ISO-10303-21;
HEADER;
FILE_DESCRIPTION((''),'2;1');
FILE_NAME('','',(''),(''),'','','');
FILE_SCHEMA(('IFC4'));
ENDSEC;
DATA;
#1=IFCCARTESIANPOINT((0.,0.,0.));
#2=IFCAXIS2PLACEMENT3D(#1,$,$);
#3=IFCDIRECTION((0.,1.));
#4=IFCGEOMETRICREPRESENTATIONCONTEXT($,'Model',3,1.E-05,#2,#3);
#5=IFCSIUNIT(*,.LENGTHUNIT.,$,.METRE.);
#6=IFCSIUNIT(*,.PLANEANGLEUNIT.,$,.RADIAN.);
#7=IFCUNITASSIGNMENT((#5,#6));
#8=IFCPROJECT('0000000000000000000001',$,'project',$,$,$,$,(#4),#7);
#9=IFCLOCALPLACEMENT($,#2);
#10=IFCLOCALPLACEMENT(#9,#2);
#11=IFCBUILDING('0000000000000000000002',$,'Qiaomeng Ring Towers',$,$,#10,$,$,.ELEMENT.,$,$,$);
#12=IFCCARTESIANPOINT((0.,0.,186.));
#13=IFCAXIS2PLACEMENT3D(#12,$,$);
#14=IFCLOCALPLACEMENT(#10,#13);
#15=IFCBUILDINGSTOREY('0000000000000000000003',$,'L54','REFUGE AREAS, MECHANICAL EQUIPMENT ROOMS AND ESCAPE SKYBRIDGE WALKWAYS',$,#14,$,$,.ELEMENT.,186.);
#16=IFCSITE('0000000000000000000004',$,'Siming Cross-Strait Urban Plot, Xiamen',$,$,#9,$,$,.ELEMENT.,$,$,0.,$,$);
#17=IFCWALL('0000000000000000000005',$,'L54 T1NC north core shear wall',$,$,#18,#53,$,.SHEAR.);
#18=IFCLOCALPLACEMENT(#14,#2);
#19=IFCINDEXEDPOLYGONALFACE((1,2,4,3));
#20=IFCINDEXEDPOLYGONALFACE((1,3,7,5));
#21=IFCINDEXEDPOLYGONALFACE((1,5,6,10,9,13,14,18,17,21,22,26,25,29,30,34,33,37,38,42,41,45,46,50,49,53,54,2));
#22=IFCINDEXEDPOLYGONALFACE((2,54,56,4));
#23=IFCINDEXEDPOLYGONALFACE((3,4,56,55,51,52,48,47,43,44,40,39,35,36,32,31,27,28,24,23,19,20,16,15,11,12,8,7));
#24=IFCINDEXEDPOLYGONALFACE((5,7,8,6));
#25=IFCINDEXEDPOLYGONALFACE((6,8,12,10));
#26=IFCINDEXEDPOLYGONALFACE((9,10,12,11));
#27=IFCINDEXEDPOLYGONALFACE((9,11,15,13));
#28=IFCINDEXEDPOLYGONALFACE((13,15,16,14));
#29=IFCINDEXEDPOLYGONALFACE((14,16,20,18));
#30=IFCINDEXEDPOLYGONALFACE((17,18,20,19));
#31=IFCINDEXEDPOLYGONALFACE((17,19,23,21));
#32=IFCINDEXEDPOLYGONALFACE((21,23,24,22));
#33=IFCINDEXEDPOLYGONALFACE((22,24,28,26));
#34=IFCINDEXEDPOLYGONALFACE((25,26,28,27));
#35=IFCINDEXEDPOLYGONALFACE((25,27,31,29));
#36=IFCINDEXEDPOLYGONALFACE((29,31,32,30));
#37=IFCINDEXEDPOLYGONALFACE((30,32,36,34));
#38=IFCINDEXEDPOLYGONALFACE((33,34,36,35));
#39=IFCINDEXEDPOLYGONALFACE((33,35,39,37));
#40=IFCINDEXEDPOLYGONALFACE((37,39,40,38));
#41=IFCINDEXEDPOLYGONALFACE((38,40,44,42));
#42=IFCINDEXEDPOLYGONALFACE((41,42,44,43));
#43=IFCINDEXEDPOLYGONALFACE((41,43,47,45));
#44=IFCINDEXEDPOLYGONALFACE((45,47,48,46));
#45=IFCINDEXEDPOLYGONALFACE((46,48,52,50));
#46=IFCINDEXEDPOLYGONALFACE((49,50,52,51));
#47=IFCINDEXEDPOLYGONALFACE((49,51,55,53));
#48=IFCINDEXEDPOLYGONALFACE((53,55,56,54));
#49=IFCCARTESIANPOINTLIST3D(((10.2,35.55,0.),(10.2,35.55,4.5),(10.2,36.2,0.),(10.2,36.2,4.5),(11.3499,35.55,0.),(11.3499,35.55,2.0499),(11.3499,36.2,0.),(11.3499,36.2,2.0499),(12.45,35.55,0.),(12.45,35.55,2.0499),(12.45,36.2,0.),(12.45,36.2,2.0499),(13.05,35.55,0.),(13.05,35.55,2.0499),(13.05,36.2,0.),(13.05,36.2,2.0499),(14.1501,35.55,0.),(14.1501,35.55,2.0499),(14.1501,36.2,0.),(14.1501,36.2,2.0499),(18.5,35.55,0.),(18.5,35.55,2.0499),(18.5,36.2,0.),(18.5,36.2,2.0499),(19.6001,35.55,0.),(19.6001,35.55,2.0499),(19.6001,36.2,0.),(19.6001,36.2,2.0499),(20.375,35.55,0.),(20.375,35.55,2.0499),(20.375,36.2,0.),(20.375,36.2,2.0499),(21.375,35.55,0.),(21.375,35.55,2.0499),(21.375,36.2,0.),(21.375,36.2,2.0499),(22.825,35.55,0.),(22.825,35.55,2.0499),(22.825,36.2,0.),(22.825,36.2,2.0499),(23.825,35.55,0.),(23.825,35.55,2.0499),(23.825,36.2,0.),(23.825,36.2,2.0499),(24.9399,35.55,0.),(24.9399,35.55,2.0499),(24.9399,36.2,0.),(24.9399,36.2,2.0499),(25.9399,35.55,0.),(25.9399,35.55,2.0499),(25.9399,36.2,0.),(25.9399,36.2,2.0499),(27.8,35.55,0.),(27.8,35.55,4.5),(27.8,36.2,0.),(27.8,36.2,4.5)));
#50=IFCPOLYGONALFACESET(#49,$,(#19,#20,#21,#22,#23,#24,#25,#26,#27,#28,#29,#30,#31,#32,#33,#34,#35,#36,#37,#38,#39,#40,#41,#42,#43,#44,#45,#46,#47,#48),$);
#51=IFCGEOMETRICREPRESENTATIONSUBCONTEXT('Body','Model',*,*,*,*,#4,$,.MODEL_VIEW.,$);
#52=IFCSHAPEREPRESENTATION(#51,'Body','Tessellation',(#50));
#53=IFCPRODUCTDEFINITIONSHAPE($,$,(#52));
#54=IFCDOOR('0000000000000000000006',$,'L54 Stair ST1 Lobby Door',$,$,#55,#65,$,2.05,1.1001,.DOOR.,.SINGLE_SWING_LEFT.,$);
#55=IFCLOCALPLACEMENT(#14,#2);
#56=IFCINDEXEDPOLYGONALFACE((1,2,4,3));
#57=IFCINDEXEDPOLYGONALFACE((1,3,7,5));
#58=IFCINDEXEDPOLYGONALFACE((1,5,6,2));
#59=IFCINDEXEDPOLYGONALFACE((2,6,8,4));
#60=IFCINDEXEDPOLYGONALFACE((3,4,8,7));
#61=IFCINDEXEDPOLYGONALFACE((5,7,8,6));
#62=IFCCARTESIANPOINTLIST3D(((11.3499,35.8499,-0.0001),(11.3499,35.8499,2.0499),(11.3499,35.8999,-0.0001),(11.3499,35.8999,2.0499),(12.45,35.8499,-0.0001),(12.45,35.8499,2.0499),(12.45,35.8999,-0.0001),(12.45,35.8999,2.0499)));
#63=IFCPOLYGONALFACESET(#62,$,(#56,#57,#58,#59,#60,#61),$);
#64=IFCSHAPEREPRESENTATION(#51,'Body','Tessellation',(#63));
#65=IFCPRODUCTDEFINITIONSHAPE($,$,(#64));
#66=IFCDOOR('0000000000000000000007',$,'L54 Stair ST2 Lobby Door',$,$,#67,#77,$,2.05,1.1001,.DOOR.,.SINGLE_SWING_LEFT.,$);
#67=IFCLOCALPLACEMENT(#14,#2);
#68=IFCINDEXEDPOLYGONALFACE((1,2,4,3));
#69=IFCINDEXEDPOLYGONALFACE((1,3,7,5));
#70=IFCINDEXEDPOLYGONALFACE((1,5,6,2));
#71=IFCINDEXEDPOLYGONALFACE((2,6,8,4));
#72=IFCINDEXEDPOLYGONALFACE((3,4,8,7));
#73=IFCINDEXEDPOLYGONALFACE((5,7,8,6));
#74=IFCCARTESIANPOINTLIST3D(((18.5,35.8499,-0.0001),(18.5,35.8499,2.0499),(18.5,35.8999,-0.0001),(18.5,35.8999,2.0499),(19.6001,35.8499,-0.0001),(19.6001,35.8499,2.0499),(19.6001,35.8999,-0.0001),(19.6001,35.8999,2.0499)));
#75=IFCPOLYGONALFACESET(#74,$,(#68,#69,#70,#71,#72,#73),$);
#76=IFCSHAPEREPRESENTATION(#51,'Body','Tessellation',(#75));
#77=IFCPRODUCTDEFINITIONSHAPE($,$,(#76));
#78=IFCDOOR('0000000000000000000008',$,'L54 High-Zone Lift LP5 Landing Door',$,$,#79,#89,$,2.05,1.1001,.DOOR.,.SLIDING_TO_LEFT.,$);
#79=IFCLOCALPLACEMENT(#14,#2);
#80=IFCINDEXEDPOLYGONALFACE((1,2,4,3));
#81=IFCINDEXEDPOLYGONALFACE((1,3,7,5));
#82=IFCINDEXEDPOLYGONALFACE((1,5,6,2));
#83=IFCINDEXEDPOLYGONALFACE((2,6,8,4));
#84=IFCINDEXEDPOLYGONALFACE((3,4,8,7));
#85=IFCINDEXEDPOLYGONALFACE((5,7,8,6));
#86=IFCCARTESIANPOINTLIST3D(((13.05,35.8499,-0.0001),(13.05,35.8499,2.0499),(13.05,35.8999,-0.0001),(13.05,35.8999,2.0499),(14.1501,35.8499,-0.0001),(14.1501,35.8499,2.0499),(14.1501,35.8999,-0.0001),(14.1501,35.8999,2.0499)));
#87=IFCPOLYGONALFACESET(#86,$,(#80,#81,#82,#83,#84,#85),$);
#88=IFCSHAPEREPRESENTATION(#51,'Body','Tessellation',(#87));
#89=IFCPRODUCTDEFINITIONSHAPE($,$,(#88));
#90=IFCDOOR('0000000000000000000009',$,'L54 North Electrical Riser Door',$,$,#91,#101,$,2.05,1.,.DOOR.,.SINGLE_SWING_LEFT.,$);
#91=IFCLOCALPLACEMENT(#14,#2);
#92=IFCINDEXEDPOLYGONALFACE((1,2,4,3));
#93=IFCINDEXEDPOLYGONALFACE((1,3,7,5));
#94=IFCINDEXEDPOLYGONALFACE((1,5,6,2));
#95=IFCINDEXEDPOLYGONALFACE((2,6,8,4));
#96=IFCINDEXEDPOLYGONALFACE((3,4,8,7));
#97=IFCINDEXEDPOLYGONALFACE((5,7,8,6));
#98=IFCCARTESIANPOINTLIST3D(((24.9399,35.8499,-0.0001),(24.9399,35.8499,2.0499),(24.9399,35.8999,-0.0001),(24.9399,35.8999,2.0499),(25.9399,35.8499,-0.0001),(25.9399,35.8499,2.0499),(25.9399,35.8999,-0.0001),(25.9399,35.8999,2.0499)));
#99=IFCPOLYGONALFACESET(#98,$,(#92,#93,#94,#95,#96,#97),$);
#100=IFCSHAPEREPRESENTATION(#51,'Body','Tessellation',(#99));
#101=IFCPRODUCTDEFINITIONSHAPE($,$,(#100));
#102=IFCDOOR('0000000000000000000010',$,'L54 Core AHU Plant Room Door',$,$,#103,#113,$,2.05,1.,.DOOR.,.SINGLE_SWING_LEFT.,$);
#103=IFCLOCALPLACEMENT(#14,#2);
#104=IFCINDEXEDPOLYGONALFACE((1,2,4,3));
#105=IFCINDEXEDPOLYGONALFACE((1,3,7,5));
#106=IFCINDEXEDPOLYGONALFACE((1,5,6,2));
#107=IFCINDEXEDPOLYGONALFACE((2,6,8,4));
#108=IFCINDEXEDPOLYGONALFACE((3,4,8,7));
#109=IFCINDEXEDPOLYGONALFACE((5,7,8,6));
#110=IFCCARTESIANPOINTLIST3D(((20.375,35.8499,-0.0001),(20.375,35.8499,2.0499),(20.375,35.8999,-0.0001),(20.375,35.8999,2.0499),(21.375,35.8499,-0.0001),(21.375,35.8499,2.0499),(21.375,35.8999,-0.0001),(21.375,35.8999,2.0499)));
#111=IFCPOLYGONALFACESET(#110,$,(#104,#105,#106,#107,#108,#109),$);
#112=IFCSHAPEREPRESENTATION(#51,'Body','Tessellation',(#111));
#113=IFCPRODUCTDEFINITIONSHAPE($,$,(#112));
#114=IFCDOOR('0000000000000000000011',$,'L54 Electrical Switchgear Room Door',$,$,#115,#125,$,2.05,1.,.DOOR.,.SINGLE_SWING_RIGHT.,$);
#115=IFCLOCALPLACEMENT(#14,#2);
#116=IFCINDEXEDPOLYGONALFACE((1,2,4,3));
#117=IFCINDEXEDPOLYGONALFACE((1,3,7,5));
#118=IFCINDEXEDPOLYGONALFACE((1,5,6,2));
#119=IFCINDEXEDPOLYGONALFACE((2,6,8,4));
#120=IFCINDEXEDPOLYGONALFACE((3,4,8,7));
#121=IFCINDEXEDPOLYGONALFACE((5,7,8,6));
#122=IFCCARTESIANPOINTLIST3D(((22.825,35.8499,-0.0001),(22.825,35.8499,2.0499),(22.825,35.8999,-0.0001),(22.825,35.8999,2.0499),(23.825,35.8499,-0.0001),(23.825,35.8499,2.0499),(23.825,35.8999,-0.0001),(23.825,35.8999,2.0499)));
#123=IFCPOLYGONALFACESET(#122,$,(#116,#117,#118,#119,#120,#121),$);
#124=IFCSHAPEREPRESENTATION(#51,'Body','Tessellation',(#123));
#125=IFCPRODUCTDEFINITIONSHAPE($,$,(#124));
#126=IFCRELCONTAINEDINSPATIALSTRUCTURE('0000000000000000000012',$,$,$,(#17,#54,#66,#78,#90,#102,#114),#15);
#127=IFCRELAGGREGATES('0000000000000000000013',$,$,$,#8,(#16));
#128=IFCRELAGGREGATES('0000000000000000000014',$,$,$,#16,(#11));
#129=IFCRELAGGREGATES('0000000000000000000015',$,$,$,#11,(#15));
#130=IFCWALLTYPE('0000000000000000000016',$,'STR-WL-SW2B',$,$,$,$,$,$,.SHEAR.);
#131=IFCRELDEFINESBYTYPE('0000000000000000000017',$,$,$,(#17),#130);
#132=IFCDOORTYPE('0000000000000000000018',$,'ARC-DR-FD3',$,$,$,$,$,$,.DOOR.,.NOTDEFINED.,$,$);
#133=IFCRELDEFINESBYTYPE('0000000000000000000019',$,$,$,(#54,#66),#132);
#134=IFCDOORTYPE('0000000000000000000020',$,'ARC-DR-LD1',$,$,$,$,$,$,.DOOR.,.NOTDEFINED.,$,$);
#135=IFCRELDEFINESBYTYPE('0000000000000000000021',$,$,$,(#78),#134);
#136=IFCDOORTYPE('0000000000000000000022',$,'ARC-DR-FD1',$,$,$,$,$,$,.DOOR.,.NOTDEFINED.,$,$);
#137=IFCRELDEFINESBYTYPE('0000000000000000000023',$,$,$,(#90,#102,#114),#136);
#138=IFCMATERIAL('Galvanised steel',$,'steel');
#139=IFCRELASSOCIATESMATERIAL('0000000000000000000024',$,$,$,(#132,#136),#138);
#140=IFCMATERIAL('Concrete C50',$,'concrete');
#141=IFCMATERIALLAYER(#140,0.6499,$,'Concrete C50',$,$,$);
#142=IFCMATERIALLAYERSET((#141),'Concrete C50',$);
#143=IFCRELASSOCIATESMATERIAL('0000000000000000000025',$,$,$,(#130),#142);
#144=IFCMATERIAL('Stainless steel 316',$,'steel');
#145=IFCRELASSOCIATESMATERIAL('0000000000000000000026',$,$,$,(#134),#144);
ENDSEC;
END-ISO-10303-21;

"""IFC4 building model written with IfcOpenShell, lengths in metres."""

from ifc_helpers import new_model, si_unit, direction, frame, frame_2d, origin, place, context, subcontext, project, spatial, rectangle, extrude, source, transform, mapped, material, layer, layer_set, type_object, element, fill, save


model = new_model("IFC4")

# Units and contexts
model_context = context("Model", 3, precision=1e-05, world=origin(), true_north=direction((0.0, 1.0)))
body_context = subcontext(model_context, "Body", "Model", "MODEL_VIEW")
ifc_project = project(units=[si_unit("LENGTHUNIT", "METRE"), si_unit("PLANEANGLEUNIT", "RADIAN")], contexts=[model_context])

# Site, building, storey
site_placement = place(None, origin())
site = spatial("IfcSite", under=ifc_project, at=site_placement, Name="Siming Cross-Strait Urban Plot, Xiamen", CompositionType="ELEMENT", RefElevation=0.0)
building_placement = place(site_placement, origin())
building = spatial("IfcBuilding", under=site, at=building_placement, Name="Qiaomeng Ring Towers", CompositionType="ELEMENT")
storey_placement = place(building_placement, frame((0.0, 0.0, 186.0)))
storey = spatial("IfcBuildingStorey", under=building, at=storey_placement, Name="L54", Description="REFUGE AREAS, MECHANICAL EQUIPMENT ROOMS AND ESCAPE SKYBRIDGE WALKWAYS", CompositionType="ELEMENT", Elevation=186.0)

# Shared definitions
ifc_material_1 = material(Name="Galvanised steel", Category="steel")

# Shared definitions
door_type_1 = type_object("IfcDoorType", Name="ARC-DR-FD3", OperationType="NOTDEFINED", PredefinedType="DOOR", material=ifc_material_1)
shared_shape_1 = source(origin(), body_context, "Body", "SweptSolid", [
    extrude(rectangle(XDim=1.1001, YDim=2.05, at=frame_2d((0.55, 1.0249))), frame((0.0, 0.0249, 0.0), z_axis=(0.0, -1.0, 0.0), x_axis=(1.0, 0.0, 0.0)), (0.0, 0.0, 1.0), 0.05),
])

# Wall, openings, doors
ifc_material_2 = material(Name="Concrete C50", Category="concrete")
ifc_layer_1 = layer(ifc_material_2, 0.6499, Name="Concrete C50")
ifc_layer_set_1 = layer_set([ifc_layer_1], Name="Concrete C50")
wall_type_1 = type_object("IfcWallType", Name="STR-WL-SW2B", PredefinedType="SHEAR", material=ifc_layer_set_1)
wall_1_placement = place(storey_placement, frame((10.2, 35.875, 0.0), z_axis=(0.0, 0.0, 1.0), x_axis=(1.0, 0.0, 0.0)))
wall_1 = element("IfcWall", 1, at=wall_1_placement, inside=storey, type_object=wall_type_1, Name="L54 T1NC north core shear wall", PredefinedType="SHEAR", context=body_context, shape_type="SweptSolid", body=[
    extrude(rectangle(XDim=17.6001, YDim=0.6499, at=frame_2d((8.8, 0.0))), origin(), (0.0, 0.0, 1.0), 4.5),
])
opening_1_placement = place(wall_1_placement, frame((1.1499, 0.0, 0.0)))
opening_1 = element("IfcOpeningElement", 2, at=opening_1_placement, cuts=wall_1, PredefinedType="OPENING", context=body_context, shape_type="SweptSolid", body=[
    extrude(rectangle(XDim=1.1001, YDim=2.05, at=frame_2d((0.55, 1.0249))), frame((0.0, 0.335, 0.0), z_axis=(0.0, -1.0, 0.0), x_axis=(1.0, 0.0, 0.0)), (0.0, 0.0, 1.0), 0.6699),
])
opening_2_placement = place(wall_1_placement, frame((8.3, 0.0, 0.0)))
opening_2 = element("IfcOpeningElement", 3, at=opening_2_placement, cuts=wall_1, PredefinedType="OPENING", context=body_context, shape_type="SweptSolid", body=[
    extrude(rectangle(XDim=1.1001, YDim=2.05, at=frame_2d((0.55, 1.0249))), frame((0.0, 0.335, 0.0), z_axis=(0.0, -1.0, 0.0), x_axis=(1.0, 0.0, 0.0)), (0.0, 0.0, 1.0), 0.6699),
])
opening_3_placement = place(wall_1_placement, frame((2.8501, 0.0, 0.0)))
opening_3 = element("IfcOpeningElement", 4, at=opening_3_placement, cuts=wall_1, PredefinedType="OPENING", context=body_context, shape_type="SweptSolid", body=[
    extrude(rectangle(XDim=1.1001, YDim=2.05, at=frame_2d((0.55, 1.0249))), frame((0.0, 0.335, 0.0), z_axis=(0.0, -1.0, 0.0), x_axis=(1.0, 0.0, 0.0)), (0.0, 0.0, 1.0), 0.6699),
])
opening_4_placement = place(wall_1_placement, frame((14.74, 0.0, 0.0)))
opening_4 = element("IfcOpeningElement", 5, at=opening_4_placement, cuts=wall_1, PredefinedType="OPENING", context=body_context, shape_type="SweptSolid", body=[
    extrude(rectangle(XDim=1.0, YDim=2.05, at=frame_2d((0.5, 1.0249))), frame((0.0, 0.335, 0.0), z_axis=(0.0, -1.0, 0.0), x_axis=(1.0, 0.0, 0.0)), (0.0, 0.0, 1.0), 0.6699),
])
opening_5_placement = place(wall_1_placement, frame((10.175, 0.0, 0.0)))
opening_5 = element("IfcOpeningElement", 6, at=opening_5_placement, cuts=wall_1, PredefinedType="OPENING", context=body_context, shape_type="SweptSolid", body=[
    extrude(rectangle(XDim=1.0, YDim=2.05, at=frame_2d((0.5, 1.0249))), frame((0.0, 0.335, 0.0), z_axis=(0.0, -1.0, 0.0), x_axis=(1.0, 0.0, 0.0)), (0.0, 0.0, 1.0), 0.6699),
])
opening_6_placement = place(wall_1_placement, frame((12.625, 0.0, 0.0)))
opening_6 = element("IfcOpeningElement", 7, at=opening_6_placement, cuts=wall_1, PredefinedType="OPENING", context=body_context, shape_type="SweptSolid", body=[
    extrude(rectangle(XDim=1.0, YDim=2.05, at=frame_2d((0.5, 1.0249))), frame((0.0, 0.335, 0.0), z_axis=(0.0, -1.0, 0.0), x_axis=(1.0, 0.0, 0.0)), (0.0, 0.0, 1.0), 0.6699),
])
door_1_placement = place(opening_1_placement, origin())
door_1 = element("IfcDoor", 8, at=door_1_placement, inside=storey, type_object=door_type_1, Name="L54 Stair ST1 Lobby Door", OperationType="SINGLE_SWING_LEFT", OverallHeight=2.05, OverallWidth=1.1001, PredefinedType="DOOR", context=body_context, shape_type="MappedRepresentation", body=[
    mapped(shared_shape_1, transform((0.0, 0.0, 0.0), x_axis=(1.0, 0.0, 0.0), y_axis=(0.0, 1.0, 0.0), z_axis=(0.0, 0.0, 1.0), scale=1.0)),
])
fill(opening_1, door_1)
door_2_placement = place(opening_2_placement, origin())
door_2 = element("IfcDoor", 9, at=door_2_placement, inside=storey, type_object=door_type_1, Name="L54 Stair ST2 Lobby Door", OperationType="SINGLE_SWING_LEFT", OverallHeight=2.05, OverallWidth=1.1001, PredefinedType="DOOR", context=body_context, shape_type="MappedRepresentation", body=[
    mapped(shared_shape_1, transform((0.0, 0.0, 0.0), x_axis=(1.0, 0.0, 0.0), y_axis=(0.0, 1.0, 0.0), z_axis=(0.0, 0.0, 1.0), scale=1.0)),
])
fill(opening_2, door_2)
ifc_material_3 = material(Name="Stainless steel 316", Category="steel")
door_type_2 = type_object("IfcDoorType", Name="ARC-DR-LD1", OperationType="NOTDEFINED", PredefinedType="DOOR", material=ifc_material_3)
door_3_placement = place(opening_3_placement, origin())
door_3 = element("IfcDoor", 10, at=door_3_placement, inside=storey, type_object=door_type_2, Name="L54 High-Zone Lift LP5 Landing Door", OperationType="SLIDING_TO_LEFT", OverallHeight=2.05, OverallWidth=1.1001, PredefinedType="DOOR", context=body_context, shape_type="MappedRepresentation", body=[
    mapped(shared_shape_1, transform((0.0, 0.0, 0.0), x_axis=(1.0, 0.0, 0.0), y_axis=(0.0, 1.0, 0.0), z_axis=(0.0, 0.0, 1.0), scale=1.0)),
])
fill(opening_3, door_3)
door_type_3 = type_object("IfcDoorType", Name="ARC-DR-FD1", OperationType="NOTDEFINED", PredefinedType="DOOR", material=ifc_material_1)
shared_shape_2 = source(origin(), body_context, "Body", "SweptSolid", [
    extrude(rectangle(XDim=1.0, YDim=2.05, at=frame_2d((0.5, 1.0249))), frame((0.0, 0.0249, 0.0), z_axis=(0.0, -1.0, 0.0), x_axis=(1.0, 0.0, 0.0)), (0.0, 0.0, 1.0), 0.05),
])
door_4_placement = place(opening_4_placement, origin())
door_4 = element("IfcDoor", 11, at=door_4_placement, inside=storey, type_object=door_type_3, Name="L54 North Electrical Riser Door", OperationType="SINGLE_SWING_LEFT", OverallHeight=2.05, OverallWidth=1.0, PredefinedType="DOOR", context=body_context, shape_type="MappedRepresentation", body=[
    mapped(shared_shape_2, transform((0.0, 0.0, 0.0), x_axis=(1.0, 0.0, 0.0), y_axis=(0.0, 1.0, 0.0), z_axis=(0.0, 0.0, 1.0), scale=1.0)),
])
fill(opening_4, door_4)
door_5_placement = place(opening_5_placement, origin())
door_5 = element("IfcDoor", 12, at=door_5_placement, inside=storey, type_object=door_type_3, Name="L54 Core AHU Plant Room Door", OperationType="SINGLE_SWING_LEFT", OverallHeight=2.05, OverallWidth=1.0, PredefinedType="DOOR", context=body_context, shape_type="MappedRepresentation", body=[
    mapped(shared_shape_2, transform((0.0, 0.0, 0.0), x_axis=(1.0, 0.0, 0.0), y_axis=(0.0, 1.0, 0.0), z_axis=(0.0, 0.0, 1.0), scale=1.0)),
])
fill(opening_5, door_5)
door_6_placement = place(opening_6_placement, origin())
door_6 = element("IfcDoor", 13, at=door_6_placement, inside=storey, type_object=door_type_3, Name="L54 Electrical Switchgear Room Door", OperationType="SINGLE_SWING_RIGHT", OverallHeight=2.05, OverallWidth=1.0, PredefinedType="DOOR", context=body_context, shape_type="MappedRepresentation", body=[
    mapped(shared_shape_2, transform((0.0, 0.0, 0.0), x_axis=(1.0, 0.0, 0.0), y_axis=(0.0, 1.0, 0.0), z_axis=(0.0, 0.0, 1.0), scale=1.0)),
])
fill(opening_6, door_6)

save(model, "model.ifc")
